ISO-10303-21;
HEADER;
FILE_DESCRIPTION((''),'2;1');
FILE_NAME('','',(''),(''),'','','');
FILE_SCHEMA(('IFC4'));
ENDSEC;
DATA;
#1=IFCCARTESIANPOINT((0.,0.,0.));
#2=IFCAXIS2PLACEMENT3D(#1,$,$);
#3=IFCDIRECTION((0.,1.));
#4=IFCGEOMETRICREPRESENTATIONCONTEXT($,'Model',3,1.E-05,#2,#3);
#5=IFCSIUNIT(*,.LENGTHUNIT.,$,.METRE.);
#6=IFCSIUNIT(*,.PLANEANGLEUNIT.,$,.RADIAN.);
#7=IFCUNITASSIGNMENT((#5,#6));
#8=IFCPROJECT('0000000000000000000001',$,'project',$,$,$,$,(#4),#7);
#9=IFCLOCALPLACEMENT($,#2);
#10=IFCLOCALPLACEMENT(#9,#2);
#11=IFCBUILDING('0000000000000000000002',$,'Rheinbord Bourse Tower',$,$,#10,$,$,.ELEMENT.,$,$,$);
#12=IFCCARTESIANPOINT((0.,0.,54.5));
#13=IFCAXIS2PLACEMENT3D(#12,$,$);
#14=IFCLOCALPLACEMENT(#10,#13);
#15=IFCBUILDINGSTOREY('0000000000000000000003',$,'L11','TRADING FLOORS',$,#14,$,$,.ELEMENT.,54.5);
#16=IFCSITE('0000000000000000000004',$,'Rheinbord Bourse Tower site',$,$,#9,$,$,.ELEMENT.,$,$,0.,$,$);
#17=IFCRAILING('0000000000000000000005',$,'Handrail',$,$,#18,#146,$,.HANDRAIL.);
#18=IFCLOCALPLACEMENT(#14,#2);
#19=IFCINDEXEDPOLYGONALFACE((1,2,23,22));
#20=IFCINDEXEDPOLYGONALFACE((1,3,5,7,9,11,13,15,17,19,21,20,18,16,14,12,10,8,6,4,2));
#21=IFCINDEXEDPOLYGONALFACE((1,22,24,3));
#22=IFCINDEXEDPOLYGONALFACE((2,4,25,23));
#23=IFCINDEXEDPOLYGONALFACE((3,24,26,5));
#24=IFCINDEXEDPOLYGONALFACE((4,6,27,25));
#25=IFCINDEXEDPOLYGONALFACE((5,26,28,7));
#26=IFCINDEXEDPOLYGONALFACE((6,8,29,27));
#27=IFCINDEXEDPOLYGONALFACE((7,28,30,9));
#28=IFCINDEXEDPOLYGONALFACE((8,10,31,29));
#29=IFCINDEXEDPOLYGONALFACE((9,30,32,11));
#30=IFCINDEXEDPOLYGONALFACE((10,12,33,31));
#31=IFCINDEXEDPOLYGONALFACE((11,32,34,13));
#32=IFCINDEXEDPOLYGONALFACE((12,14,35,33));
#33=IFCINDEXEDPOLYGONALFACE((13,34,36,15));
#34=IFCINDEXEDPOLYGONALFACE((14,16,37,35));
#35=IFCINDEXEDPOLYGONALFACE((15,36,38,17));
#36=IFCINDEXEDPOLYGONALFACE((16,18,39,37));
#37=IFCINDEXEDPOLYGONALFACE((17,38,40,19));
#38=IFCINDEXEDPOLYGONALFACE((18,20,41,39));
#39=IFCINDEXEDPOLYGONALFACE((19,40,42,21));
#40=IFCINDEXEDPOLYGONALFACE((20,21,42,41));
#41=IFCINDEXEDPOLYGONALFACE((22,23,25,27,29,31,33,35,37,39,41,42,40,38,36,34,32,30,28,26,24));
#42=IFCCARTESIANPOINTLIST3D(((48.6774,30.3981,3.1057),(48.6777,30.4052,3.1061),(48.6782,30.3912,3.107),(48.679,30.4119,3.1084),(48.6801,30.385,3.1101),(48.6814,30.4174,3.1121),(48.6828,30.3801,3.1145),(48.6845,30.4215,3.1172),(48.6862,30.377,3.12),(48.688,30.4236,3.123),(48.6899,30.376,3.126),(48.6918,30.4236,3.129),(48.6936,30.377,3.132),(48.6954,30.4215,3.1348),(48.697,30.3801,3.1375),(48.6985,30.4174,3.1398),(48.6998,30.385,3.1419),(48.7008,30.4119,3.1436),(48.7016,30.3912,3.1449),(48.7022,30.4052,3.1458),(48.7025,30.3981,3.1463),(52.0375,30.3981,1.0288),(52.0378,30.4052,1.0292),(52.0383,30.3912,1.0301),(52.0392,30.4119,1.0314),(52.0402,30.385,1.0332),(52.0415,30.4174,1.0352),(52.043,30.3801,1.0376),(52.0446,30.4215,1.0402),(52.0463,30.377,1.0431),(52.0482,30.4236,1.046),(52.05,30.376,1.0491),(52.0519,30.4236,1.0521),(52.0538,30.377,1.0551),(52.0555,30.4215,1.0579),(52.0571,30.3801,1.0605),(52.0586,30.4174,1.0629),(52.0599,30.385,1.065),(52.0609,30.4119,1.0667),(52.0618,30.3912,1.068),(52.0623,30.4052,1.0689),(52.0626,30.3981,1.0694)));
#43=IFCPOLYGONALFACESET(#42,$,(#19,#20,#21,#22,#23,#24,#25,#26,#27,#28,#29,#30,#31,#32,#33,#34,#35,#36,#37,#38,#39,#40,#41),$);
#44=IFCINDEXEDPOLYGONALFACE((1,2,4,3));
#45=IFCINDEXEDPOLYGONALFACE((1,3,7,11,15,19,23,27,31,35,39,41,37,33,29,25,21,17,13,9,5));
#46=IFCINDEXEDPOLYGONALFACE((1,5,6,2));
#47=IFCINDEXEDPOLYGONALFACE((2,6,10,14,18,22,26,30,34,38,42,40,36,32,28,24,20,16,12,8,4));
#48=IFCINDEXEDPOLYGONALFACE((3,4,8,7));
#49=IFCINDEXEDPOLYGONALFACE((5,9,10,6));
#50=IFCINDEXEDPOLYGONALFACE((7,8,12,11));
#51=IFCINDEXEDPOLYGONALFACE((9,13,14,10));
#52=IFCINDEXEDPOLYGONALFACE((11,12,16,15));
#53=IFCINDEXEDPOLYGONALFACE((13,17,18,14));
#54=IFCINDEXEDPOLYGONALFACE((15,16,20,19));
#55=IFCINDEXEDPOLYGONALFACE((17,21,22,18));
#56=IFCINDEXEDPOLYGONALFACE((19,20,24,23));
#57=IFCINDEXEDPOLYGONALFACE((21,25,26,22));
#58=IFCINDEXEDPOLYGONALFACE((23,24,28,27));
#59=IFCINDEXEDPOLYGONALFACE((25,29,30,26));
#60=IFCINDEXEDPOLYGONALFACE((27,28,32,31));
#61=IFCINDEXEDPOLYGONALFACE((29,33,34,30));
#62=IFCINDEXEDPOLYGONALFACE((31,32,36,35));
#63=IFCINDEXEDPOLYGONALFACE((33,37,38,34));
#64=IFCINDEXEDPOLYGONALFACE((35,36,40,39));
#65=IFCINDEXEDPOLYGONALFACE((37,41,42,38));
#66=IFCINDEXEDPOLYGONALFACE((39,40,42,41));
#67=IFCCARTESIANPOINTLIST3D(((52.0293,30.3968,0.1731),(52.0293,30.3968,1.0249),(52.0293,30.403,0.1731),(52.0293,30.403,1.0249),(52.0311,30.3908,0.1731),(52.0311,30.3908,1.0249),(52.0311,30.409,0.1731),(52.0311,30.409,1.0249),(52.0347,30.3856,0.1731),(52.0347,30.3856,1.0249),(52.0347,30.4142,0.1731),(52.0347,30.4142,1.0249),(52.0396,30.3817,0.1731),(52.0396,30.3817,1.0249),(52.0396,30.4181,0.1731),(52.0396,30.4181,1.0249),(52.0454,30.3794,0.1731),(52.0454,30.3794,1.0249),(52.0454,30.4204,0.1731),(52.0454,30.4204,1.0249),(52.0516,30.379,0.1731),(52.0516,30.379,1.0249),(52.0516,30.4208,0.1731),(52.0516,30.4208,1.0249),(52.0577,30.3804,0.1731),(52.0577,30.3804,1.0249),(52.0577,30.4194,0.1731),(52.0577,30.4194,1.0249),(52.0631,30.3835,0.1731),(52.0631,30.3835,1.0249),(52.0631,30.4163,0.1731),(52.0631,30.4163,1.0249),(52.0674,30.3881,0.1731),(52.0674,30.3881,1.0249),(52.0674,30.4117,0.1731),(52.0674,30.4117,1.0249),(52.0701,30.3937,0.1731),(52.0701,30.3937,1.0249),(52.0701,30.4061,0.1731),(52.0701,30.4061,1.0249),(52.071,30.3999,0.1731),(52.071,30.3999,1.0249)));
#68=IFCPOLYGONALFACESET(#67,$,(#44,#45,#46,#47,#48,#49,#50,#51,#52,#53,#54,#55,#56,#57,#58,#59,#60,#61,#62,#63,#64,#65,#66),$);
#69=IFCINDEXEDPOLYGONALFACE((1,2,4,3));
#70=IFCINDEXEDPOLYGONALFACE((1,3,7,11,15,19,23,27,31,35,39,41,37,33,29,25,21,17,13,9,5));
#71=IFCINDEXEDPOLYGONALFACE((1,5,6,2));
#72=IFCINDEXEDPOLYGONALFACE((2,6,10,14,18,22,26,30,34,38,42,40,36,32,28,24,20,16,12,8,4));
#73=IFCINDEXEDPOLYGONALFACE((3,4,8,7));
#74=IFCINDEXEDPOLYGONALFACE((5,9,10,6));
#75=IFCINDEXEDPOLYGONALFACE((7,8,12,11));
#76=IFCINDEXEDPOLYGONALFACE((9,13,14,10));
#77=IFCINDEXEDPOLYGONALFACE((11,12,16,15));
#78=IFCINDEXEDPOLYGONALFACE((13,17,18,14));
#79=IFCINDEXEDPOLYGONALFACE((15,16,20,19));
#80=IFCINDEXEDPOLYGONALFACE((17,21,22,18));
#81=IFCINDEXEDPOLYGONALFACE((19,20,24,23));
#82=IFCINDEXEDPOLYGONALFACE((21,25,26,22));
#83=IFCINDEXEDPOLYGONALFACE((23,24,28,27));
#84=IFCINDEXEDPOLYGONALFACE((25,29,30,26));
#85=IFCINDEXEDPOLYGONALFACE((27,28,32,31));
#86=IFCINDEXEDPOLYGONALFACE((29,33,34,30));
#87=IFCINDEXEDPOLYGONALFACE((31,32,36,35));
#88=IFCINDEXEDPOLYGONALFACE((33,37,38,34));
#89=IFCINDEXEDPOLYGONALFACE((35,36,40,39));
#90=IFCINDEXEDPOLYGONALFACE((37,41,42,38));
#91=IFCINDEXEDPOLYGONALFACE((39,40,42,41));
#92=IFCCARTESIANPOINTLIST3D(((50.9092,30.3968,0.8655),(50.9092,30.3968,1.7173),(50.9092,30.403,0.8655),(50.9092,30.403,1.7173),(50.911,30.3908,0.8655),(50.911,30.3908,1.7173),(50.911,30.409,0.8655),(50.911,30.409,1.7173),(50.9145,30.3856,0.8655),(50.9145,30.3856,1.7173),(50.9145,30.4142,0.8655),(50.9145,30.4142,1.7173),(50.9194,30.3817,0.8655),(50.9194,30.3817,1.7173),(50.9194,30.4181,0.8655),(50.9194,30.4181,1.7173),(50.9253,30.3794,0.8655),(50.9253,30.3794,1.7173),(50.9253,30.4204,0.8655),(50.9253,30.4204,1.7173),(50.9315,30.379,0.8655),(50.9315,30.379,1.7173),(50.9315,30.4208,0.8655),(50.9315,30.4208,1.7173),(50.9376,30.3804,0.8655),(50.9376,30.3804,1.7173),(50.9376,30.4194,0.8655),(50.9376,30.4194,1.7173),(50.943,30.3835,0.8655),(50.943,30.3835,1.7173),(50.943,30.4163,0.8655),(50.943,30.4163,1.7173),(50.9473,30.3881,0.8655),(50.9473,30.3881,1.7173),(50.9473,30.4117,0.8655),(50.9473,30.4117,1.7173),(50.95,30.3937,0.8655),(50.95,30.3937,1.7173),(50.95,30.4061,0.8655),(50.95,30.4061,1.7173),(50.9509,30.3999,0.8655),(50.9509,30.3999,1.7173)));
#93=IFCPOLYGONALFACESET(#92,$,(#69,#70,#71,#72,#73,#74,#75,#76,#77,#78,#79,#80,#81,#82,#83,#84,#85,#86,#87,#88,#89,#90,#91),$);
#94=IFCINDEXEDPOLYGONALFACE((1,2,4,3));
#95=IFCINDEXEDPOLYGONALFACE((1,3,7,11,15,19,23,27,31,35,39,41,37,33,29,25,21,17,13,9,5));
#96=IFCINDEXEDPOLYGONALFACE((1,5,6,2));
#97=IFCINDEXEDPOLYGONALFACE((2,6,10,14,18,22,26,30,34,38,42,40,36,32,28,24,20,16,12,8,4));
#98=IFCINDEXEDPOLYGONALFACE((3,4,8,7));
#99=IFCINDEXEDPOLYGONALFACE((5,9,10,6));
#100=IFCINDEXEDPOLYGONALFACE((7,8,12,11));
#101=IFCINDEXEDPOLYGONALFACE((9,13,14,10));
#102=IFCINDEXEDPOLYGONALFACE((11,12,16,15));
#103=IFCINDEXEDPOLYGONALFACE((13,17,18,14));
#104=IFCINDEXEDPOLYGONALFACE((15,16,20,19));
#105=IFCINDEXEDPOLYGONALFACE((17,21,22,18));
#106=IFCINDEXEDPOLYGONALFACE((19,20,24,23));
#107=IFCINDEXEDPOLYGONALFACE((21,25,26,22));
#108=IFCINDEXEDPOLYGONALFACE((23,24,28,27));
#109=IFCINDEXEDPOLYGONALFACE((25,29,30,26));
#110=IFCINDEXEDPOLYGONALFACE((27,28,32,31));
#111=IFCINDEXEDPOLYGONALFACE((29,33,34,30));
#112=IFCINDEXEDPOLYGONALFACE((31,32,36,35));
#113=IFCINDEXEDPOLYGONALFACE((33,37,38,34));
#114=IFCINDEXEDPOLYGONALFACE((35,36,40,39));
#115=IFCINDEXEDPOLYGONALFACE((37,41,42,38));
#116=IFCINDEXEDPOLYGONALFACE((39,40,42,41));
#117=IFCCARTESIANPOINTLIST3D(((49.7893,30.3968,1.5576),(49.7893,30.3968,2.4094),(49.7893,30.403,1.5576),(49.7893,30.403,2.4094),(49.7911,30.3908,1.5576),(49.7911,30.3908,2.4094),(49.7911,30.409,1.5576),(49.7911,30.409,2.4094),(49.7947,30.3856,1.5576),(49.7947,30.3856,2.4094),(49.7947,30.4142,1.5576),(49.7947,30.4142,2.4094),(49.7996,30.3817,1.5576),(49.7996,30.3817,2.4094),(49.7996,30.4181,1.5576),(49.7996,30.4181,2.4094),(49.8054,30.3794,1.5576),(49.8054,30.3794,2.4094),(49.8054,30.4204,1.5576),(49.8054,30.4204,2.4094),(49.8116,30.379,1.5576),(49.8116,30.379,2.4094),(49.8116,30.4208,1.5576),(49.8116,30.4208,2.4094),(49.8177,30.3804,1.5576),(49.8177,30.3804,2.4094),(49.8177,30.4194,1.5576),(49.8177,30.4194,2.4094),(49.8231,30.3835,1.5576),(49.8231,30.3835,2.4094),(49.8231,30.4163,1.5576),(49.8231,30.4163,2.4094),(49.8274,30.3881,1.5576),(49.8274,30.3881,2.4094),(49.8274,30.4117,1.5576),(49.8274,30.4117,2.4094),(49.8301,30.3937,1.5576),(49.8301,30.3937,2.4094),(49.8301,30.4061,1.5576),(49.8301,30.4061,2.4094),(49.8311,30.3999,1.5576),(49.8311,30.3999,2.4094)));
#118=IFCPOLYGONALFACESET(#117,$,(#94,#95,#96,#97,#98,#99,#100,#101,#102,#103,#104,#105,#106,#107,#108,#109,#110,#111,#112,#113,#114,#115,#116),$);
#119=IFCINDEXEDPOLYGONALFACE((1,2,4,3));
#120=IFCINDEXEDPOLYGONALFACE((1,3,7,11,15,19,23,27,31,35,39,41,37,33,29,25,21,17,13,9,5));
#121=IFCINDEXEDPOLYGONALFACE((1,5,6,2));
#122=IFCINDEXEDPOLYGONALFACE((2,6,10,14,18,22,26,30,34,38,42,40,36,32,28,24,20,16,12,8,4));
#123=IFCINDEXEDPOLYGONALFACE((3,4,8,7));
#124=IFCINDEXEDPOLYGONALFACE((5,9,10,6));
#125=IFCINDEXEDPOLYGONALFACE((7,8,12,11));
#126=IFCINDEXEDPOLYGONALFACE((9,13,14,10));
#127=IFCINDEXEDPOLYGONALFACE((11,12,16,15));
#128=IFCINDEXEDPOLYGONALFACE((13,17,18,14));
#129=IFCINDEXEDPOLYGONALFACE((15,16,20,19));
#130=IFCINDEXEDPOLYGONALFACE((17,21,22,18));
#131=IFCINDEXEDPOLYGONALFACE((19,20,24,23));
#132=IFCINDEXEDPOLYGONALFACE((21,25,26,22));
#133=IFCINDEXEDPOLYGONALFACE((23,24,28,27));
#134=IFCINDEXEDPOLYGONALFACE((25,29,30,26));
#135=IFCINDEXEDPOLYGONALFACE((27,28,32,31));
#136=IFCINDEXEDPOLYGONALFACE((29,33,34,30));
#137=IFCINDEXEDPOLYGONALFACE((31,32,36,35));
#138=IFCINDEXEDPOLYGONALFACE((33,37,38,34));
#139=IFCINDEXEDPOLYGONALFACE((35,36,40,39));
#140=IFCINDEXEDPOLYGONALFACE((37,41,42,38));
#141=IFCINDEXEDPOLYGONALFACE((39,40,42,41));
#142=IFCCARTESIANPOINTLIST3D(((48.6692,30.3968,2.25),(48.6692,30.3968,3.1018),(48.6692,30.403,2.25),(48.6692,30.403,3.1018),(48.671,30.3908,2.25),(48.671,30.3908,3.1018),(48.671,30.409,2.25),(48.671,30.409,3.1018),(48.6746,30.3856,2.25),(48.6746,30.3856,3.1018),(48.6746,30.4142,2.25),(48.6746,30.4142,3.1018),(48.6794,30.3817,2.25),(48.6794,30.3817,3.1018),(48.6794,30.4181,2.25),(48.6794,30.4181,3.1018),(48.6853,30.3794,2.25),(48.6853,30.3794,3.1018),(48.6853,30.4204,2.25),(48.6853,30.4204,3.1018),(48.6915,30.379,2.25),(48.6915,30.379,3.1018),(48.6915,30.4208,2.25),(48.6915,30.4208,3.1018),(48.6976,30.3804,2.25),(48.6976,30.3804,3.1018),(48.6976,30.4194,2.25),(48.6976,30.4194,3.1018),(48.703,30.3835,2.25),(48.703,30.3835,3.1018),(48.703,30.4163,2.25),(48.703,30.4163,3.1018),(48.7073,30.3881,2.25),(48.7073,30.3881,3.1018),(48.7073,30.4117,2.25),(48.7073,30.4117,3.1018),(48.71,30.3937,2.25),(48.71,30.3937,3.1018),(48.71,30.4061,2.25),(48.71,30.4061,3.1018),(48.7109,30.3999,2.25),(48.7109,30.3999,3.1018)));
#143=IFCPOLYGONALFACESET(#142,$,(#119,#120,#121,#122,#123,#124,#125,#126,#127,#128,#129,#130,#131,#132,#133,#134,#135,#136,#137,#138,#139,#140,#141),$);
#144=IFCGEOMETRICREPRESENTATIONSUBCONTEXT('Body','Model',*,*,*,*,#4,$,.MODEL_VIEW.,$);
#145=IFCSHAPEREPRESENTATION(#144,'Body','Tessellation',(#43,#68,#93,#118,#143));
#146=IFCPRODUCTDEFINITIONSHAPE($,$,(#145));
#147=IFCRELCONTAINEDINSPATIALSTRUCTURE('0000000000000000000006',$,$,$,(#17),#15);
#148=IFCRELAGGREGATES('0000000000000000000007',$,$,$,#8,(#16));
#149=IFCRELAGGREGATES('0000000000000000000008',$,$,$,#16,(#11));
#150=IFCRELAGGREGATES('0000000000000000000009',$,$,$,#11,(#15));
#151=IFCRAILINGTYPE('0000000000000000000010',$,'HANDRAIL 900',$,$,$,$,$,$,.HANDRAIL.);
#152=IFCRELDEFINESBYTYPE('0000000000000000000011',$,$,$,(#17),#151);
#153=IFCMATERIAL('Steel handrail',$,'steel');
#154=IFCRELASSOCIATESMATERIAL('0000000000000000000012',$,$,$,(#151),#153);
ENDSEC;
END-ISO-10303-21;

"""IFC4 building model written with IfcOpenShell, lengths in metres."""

from ifc_helpers import new_model, si_unit, direction, frame, origin, origin_2d, place, context, subcontext, project, spatial, circle, extrude, material, type_object, element, save


model = new_model("IFC4")

# Units and contexts
model_context = context("Model", 3, precision=1e-05, world=origin(), true_north=direction((0.0, 1.0)))
body_context = subcontext(model_context, "Body", "Model", "MODEL_VIEW")
ifc_project = project(units=[si_unit("LENGTHUNIT", "METRE"), si_unit("PLANEANGLEUNIT", "RADIAN")], contexts=[model_context])

# Site, building, storey
site_placement = place(None, origin())
site = spatial("IfcSite", under=ifc_project, at=site_placement, Name="Rheinbord Bourse Tower site", CompositionType="ELEMENT", RefElevation=0.0)
building_placement = place(site_placement, origin())
building = spatial("IfcBuilding", under=site, at=building_placement, Name="Rheinbord Bourse Tower", CompositionType="ELEMENT")
storey_placement = place(building_placement, frame((0.0, 0.0, 54.5)))
storey = spatial("IfcBuildingStorey", under=building, at=storey_placement, Name="L11", Description="TRADING FLOORS", CompositionType="ELEMENT", Elevation=54.5)

# Railing
ifc_material_1 = material(Name="Steel handrail", Category="steel")
railing_type = type_object("IfcRailingType", Name="HANDRAIL 900", PredefinedType="HANDRAIL", material=ifc_material_1)
railing_1_placement = place(storey_placement, frame((52.05, 30.3999, 0.1731)))
element("IfcRailing", 1, at=railing_1_placement, inside=storey, type_object=railing_type, Name="Handrail", PredefinedType="HANDRAIL", context=body_context, shape_type="SweptSolid", body=[
    extrude(circle(Radius=0.0239, at=origin_2d()), frame((0.0, 0.0, 0.876), z_axis=(-0.850623, 0.0, 0.525776), x_axis=(0.0, -1.0, 0.0)), (0.0, 0.0, 1.0), 3.9502),
    extrude(circle(Radius=0.021, at=origin_2d()), origin(), (0.0, 0.0, 1.0), 0.8518),
    extrude(circle(Radius=0.021, at=origin_2d()), frame((-1.1201, 0.0, 0.6924)), (0.0, 0.0, 1.0), 0.8518),
    extrude(circle(Radius=0.021, at=origin_2d()), frame((-2.24, 0.0, 1.3845)), (0.0, 0.0, 1.0), 0.8518),
    extrude(circle(Radius=0.021, at=origin_2d()), frame((-3.3601, 0.0, 2.0769)), (0.0, 0.0, 1.0), 0.8518),
])

save(model, "model.ifc")
